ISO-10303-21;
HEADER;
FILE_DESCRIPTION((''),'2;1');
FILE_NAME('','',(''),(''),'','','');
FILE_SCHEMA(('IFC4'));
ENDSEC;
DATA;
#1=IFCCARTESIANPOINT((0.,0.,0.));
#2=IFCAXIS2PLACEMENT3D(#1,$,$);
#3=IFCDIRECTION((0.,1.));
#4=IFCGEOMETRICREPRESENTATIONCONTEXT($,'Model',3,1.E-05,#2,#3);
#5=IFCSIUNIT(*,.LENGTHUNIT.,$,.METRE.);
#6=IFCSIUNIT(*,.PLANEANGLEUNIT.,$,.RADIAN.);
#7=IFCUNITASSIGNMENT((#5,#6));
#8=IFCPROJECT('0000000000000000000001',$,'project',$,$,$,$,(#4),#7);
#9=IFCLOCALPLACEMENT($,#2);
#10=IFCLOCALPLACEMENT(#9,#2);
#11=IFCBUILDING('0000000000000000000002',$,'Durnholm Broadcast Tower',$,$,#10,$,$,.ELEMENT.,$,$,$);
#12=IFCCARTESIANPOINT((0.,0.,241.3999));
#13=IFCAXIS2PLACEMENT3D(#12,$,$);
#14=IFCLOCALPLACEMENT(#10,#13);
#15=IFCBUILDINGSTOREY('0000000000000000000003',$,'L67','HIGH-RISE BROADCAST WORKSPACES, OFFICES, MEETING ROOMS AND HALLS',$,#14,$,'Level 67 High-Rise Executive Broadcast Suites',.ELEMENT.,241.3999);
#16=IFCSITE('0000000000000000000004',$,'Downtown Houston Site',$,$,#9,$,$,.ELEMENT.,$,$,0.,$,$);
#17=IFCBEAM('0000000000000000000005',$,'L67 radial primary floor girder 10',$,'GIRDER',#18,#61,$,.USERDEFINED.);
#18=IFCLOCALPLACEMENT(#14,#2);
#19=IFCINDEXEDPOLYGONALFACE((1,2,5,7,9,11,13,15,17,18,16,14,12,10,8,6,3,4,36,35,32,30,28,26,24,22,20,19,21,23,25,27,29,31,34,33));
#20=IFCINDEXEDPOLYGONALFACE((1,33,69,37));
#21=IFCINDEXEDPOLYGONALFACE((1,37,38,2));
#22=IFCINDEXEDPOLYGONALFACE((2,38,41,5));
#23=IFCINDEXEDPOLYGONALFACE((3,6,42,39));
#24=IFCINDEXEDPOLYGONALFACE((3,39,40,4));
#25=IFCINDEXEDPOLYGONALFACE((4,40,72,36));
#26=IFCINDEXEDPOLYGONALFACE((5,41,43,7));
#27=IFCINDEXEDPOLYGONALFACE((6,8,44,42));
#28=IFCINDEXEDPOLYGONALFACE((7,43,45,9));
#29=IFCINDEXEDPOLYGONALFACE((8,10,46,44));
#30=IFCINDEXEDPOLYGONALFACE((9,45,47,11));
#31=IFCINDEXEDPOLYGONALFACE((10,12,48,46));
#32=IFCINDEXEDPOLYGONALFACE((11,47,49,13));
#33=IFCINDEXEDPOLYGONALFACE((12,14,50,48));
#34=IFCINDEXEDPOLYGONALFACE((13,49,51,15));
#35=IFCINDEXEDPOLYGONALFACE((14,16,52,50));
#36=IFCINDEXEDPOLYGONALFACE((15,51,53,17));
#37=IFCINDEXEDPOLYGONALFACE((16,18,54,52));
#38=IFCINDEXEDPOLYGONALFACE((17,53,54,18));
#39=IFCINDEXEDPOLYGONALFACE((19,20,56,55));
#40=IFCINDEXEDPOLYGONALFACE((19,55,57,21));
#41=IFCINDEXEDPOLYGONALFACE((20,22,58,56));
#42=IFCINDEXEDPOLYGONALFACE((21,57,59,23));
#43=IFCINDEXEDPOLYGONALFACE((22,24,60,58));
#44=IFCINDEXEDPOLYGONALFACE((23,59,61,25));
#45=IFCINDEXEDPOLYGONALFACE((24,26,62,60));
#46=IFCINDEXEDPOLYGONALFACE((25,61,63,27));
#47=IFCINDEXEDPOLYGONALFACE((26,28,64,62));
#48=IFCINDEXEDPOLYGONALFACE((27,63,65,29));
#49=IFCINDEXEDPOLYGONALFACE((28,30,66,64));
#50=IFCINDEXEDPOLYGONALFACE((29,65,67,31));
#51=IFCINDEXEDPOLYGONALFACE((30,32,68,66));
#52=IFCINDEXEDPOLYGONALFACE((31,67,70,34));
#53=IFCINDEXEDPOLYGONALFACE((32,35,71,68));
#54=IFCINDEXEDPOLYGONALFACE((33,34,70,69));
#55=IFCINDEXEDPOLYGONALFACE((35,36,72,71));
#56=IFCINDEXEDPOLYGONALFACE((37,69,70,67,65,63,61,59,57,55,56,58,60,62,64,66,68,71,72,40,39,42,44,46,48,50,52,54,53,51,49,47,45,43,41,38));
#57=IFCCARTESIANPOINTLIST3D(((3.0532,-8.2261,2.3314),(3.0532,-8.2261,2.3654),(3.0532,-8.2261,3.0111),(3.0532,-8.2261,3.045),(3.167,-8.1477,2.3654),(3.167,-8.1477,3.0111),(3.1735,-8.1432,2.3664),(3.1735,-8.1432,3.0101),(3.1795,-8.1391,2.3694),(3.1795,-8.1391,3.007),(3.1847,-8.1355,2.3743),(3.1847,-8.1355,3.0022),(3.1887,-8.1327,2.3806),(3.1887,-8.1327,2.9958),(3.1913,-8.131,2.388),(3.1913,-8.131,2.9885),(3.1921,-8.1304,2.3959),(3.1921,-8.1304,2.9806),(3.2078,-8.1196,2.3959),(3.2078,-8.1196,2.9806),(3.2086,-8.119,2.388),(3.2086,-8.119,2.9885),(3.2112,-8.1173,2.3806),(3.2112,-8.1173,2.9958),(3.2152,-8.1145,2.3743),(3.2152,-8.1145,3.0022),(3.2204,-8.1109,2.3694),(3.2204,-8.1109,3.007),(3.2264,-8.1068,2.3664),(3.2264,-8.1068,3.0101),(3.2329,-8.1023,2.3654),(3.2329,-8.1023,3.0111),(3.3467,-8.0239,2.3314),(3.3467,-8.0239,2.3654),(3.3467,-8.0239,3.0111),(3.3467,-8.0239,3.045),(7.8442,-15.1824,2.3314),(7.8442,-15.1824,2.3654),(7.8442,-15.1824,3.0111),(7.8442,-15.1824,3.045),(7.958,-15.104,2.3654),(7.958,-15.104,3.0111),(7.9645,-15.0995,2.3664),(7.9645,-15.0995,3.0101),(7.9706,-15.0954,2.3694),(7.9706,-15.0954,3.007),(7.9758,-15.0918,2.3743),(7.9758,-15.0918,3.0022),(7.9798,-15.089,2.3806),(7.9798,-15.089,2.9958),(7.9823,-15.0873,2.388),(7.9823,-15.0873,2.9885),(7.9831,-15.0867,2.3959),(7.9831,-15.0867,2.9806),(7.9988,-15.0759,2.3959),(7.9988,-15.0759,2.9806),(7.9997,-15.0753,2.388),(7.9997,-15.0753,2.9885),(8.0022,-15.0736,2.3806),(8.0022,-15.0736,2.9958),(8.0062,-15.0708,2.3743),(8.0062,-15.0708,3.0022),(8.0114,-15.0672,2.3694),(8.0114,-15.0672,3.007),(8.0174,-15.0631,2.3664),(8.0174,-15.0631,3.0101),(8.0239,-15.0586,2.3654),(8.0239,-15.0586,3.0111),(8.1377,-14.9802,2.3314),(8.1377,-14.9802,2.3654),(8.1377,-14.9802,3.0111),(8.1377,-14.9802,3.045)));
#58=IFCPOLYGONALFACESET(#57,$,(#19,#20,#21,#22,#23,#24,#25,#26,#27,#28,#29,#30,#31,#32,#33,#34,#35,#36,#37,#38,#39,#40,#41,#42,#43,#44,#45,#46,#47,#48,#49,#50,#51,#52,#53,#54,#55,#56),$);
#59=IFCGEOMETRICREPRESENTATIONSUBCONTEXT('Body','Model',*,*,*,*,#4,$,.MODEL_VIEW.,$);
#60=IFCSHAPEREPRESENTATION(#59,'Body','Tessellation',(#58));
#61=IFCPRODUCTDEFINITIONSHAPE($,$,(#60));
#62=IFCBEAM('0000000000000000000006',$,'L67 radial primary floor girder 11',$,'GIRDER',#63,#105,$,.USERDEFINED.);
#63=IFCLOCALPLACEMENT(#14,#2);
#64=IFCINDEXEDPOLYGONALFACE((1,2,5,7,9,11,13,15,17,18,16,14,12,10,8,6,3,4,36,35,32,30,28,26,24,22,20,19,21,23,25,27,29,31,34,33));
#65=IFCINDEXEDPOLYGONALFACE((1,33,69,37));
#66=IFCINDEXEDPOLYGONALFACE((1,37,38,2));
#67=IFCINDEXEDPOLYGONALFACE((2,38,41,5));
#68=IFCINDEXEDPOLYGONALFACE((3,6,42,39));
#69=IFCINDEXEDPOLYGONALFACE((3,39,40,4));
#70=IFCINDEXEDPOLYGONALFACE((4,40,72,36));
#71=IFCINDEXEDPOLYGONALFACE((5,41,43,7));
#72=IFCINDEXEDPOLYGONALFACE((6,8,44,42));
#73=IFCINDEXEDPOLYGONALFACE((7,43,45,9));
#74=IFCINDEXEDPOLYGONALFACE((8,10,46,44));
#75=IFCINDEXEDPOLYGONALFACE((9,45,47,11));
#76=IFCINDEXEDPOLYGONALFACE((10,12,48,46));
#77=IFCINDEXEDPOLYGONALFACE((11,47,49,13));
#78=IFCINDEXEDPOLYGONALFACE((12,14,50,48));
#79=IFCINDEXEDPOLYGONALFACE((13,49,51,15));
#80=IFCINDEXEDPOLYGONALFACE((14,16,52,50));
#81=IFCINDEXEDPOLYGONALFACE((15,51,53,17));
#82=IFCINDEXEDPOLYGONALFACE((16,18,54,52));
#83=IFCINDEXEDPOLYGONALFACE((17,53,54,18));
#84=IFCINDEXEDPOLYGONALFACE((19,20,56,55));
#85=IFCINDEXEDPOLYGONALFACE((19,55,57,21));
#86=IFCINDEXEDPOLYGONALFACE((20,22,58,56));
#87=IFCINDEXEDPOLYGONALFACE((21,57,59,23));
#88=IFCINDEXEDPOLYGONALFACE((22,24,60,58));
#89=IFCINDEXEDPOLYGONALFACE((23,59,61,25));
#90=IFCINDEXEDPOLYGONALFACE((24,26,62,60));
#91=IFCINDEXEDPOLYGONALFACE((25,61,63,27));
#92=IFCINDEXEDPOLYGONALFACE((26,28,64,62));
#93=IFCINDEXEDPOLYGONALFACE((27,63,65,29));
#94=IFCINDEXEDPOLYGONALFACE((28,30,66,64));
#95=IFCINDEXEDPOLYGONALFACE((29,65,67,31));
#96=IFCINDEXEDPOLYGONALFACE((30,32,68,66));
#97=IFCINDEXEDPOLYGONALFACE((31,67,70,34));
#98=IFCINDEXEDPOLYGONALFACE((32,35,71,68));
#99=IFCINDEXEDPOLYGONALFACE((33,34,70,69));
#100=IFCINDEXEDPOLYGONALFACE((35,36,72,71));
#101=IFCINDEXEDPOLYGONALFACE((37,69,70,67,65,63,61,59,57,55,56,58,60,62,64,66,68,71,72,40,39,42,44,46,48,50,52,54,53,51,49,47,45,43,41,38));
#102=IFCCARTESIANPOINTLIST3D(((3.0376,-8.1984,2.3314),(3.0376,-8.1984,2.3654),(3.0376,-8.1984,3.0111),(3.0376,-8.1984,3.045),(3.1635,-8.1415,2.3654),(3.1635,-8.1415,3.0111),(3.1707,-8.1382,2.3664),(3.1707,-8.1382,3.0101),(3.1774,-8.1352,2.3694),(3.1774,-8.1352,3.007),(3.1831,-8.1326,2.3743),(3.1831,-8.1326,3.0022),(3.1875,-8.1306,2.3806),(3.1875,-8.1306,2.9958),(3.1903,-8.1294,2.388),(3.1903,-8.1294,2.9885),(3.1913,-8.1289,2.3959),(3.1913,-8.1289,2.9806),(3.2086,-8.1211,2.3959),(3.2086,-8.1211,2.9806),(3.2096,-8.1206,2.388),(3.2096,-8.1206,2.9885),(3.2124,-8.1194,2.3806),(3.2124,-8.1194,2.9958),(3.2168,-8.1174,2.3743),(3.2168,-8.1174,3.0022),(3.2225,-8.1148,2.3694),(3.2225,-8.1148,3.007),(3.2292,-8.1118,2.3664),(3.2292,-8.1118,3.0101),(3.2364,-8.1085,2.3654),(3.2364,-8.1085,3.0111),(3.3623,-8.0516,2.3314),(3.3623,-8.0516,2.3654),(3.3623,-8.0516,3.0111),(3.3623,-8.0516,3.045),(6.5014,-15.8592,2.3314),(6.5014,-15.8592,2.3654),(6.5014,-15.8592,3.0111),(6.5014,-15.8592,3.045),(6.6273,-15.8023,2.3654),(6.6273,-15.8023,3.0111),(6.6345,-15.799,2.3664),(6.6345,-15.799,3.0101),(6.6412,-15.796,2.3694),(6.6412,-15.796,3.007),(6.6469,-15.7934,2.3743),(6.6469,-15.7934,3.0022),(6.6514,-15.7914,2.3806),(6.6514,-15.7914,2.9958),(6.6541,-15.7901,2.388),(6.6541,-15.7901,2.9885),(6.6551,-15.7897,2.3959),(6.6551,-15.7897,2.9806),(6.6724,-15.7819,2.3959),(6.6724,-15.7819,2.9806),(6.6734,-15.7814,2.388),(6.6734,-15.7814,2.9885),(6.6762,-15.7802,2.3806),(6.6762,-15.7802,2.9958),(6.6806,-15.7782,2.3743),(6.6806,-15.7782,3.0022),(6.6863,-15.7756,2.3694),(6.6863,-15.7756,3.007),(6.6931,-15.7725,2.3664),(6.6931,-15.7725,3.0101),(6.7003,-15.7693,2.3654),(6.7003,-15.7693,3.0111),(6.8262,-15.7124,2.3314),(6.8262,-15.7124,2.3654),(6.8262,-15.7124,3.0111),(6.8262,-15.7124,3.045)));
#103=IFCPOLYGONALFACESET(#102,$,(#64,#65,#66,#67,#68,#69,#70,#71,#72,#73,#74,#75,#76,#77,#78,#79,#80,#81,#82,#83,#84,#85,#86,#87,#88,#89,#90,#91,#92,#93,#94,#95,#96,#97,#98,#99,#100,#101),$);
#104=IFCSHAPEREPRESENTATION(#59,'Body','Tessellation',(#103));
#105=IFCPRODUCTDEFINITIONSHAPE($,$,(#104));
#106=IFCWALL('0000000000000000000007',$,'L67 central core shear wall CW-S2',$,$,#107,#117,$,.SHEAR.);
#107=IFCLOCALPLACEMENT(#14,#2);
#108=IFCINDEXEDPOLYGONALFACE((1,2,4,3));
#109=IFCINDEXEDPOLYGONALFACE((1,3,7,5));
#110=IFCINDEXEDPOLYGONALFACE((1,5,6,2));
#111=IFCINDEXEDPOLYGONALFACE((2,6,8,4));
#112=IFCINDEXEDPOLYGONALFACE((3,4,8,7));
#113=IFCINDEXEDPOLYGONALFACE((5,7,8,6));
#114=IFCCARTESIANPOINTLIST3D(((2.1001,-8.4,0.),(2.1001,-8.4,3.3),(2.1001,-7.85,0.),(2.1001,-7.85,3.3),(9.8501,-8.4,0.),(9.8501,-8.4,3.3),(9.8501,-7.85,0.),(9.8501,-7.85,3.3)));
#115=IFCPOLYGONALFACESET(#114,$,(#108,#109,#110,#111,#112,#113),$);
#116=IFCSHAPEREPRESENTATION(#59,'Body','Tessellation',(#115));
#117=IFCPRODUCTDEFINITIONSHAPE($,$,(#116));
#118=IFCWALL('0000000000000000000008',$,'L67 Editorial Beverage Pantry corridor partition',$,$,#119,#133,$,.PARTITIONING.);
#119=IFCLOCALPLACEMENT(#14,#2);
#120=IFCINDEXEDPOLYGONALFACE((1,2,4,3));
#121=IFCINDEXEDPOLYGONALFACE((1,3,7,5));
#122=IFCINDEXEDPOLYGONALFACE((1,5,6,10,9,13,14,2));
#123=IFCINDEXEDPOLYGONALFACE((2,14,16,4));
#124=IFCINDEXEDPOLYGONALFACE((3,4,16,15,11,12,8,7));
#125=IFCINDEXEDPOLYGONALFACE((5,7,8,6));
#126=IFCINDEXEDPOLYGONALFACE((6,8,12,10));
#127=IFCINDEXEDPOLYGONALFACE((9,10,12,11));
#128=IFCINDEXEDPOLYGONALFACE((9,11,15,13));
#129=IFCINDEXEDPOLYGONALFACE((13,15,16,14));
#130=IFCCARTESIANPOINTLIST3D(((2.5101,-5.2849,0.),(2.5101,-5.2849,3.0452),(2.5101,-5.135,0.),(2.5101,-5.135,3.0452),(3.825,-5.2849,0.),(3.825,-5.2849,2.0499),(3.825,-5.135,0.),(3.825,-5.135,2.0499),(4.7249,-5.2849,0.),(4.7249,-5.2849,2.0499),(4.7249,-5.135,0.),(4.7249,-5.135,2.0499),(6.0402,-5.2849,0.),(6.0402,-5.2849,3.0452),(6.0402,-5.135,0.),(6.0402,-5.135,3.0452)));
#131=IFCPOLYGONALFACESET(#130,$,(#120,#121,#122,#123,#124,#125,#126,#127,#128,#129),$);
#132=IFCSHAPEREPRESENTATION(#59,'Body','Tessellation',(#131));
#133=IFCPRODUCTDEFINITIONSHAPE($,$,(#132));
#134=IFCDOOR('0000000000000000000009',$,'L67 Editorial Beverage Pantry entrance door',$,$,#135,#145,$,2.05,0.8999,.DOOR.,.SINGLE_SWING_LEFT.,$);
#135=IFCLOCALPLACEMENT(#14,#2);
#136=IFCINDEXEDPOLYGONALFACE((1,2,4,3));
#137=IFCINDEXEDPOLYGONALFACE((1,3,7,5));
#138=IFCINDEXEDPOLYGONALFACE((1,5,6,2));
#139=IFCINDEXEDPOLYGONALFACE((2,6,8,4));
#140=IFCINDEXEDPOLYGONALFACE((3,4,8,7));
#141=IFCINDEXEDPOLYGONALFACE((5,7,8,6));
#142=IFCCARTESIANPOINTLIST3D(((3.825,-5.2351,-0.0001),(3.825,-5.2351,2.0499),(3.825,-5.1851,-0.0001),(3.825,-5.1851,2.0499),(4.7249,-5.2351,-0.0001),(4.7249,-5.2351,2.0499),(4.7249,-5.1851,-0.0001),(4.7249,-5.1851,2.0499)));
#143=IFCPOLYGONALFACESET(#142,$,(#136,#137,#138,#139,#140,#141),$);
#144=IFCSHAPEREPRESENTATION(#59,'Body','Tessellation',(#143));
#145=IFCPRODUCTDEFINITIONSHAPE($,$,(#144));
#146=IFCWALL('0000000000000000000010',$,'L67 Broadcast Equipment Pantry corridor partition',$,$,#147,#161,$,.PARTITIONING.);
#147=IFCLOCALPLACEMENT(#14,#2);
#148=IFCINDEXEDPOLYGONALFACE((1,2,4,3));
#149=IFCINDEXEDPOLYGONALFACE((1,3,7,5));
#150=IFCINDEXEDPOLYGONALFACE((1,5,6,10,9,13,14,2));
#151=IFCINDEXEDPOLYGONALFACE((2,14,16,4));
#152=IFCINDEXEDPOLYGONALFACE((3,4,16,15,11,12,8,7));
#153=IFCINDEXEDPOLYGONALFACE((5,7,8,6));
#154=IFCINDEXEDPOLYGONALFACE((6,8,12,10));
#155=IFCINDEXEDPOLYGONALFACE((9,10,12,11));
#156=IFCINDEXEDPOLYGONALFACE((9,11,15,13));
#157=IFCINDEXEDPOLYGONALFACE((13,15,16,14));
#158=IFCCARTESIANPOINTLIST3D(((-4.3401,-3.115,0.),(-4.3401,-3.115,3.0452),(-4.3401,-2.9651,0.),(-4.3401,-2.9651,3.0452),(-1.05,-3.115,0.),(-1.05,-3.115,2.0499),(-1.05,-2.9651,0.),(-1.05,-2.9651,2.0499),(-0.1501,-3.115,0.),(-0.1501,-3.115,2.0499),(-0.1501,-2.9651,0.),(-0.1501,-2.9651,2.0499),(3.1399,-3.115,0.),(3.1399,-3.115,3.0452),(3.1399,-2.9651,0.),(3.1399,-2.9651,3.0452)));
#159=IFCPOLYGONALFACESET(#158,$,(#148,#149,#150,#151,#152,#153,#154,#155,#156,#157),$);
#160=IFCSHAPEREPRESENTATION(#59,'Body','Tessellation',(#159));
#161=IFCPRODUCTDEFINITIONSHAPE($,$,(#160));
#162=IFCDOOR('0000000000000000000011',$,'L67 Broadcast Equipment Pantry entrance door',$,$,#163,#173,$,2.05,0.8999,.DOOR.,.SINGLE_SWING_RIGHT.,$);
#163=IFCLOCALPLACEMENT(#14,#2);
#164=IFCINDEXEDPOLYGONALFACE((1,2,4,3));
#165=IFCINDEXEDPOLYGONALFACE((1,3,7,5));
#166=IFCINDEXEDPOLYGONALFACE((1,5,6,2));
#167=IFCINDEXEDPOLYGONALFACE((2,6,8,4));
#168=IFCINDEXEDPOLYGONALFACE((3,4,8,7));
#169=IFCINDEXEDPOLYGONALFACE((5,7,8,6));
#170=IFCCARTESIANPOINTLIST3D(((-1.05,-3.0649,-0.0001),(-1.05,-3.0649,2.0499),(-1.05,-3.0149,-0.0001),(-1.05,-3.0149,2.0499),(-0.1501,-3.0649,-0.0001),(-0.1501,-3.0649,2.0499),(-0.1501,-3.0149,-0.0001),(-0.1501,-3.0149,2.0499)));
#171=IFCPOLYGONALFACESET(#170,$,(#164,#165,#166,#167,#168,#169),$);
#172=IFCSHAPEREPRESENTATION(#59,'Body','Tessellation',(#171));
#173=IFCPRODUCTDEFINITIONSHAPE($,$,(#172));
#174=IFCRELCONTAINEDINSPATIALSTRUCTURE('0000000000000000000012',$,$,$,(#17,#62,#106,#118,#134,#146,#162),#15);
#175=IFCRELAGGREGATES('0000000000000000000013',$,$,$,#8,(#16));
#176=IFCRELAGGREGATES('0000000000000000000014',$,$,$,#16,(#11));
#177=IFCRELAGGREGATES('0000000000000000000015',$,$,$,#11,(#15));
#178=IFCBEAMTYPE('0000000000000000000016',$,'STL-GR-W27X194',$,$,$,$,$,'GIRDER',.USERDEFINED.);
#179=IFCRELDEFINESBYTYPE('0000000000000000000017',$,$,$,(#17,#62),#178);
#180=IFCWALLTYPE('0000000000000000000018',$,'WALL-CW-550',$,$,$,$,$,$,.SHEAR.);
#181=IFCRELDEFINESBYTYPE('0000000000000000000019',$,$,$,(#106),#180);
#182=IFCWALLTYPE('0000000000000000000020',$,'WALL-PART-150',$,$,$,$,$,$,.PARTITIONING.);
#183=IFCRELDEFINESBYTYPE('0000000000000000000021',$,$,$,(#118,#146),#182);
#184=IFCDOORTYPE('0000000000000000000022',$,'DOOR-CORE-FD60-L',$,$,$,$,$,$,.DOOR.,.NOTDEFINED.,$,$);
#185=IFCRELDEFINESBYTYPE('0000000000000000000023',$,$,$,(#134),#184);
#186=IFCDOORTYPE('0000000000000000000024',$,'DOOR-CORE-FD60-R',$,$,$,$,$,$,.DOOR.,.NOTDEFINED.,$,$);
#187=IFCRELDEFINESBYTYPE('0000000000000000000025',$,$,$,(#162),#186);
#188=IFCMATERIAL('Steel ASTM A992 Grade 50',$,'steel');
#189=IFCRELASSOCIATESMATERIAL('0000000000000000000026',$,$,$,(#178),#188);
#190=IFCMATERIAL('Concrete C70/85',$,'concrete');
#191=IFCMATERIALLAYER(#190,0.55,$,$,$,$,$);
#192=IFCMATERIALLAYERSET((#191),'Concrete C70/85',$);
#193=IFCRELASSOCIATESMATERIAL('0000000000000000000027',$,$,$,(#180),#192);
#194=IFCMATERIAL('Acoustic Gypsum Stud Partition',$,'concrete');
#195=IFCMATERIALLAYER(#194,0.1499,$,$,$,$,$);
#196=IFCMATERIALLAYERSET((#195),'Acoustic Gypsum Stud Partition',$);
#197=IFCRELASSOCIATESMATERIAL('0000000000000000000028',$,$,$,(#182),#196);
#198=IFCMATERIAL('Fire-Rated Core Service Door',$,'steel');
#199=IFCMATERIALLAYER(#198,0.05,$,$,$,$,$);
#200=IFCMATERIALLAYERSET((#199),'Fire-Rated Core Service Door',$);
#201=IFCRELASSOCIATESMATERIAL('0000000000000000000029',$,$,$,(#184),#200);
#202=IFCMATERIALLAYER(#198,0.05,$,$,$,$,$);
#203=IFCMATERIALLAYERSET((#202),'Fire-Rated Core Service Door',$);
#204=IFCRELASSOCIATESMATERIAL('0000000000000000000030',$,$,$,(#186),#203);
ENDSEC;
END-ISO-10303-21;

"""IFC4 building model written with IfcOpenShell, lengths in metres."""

from ifc_helpers import new_model, si_unit, direction, frame, frame_2d, origin, origin_2d, place, context, subcontext, project, spatial, rectangle, i_section, extrude, source, transform, mapped, material, layer, layer_set, material_profile, profile_set, type_object, type_shapes, element, fill, save


model = new_model("IFC4")

# Units and contexts
model_context = context("Model", 3, precision=1e-05, world=origin(), true_north=direction((0.0, 1.0)))
body_context = subcontext(model_context, "Body", "Model", "MODEL_VIEW")
ifc_project = project(units=[si_unit("LENGTHUNIT", "METRE"), si_unit("PLANEANGLEUNIT", "RADIAN")], contexts=[model_context])

# Site, building, storey
site_placement = place(None, origin())
site = spatial("IfcSite", under=ifc_project, at=site_placement, Name="Downtown Houston Site", CompositionType="ELEMENT", RefElevation=0.0)
building_placement = place(site_placement, origin())
building = spatial("IfcBuilding", under=site, at=building_placement, Name="Durnholm Broadcast Tower", CompositionType="ELEMENT")
storey_placement = place(building_placement, frame((0.0, 0.0, 241.3999)))
storey = spatial("IfcBuildingStorey", under=building, at=storey_placement, Name="L67", Description="HIGH-RISE BROADCAST WORKSPACES, OFFICES, MEETING ROOMS AND HALLS", LongName="Level 67 High-Rise Executive Broadcast Suites", CompositionType="ELEMENT", Elevation=241.3999)

# Beams
ifc_material_1 = material(Name="Steel ASTM A992 Grade 50", Category="steel")
ifc_material_profile = material_profile(ifc_material_1, i_section(OverallWidth=0.3564, OverallDepth=0.7136, WebThickness=0.019, FlangeThickness=0.0339, FilletRadius=0.0305, at=origin_2d()), Name="W27X194")
ifc_profile_set = profile_set([ifc_material_profile], Name="Steel ASTM A992 Grade 50")
beam_type = type_object("IfcBeamType", Name="STL-GR-W27X194", ElementType="GIRDER", PredefinedType="USERDEFINED", material=ifc_profile_set)
shared_shape_1 = source(origin(), body_context, "Body", "SweptSolid", [
    extrude(i_section(OverallWidth=0.3564, OverallDepth=0.7136, WebThickness=0.019, FlangeThickness=0.0339, FilletRadius=0.0305, at=origin_2d()), origin(), (0.0, 0.0, 1.0), 8.4465),
])
beam_1_placement = place(storey_placement, frame((3.2, -8.125, 2.6882), z_axis=(0.567217, -0.823569, 0.0), x_axis=(0.823569, 0.567217, 0.0)))
element("IfcBeam", 1, at=beam_1_placement, inside=storey, type_object=beam_type, Name="L67 radial primary floor girder 10", ObjectType="GIRDER", PredefinedType="USERDEFINED", context=body_context, shape_type="MappedRepresentation", body=[
    mapped(shared_shape_1, transform((0.0, 0.0, 0.0), x_axis=(1.0, 0.0, 0.0), y_axis=(0.0, 1.0, 0.0), z_axis=(0.0, 0.0, 1.0), scale=1.0)),
])
shared_shape_2 = source(origin(), body_context, "Body", "SweptSolid", [
    extrude(i_section(OverallWidth=0.3564, OverallDepth=0.7136, WebThickness=0.019, FlangeThickness=0.0339, FilletRadius=0.0305, at=origin_2d()), origin(), (0.0, 0.0, 1.0), 8.4075),
])
type_shapes(beam_type, [shared_shape_1, shared_shape_2])
beam_2_placement = place(storey_placement, frame((3.2, -8.125, 2.6882), z_axis=(0.411993, -0.911187, 0.0), x_axis=(0.911187, 0.411993, 0.0)))
element("IfcBeam", 2, at=beam_2_placement, inside=storey, type_object=beam_type, Name="L67 radial primary floor girder 11", ObjectType="GIRDER", PredefinedType="USERDEFINED", context=body_context, shape_type="MappedRepresentation", body=[
    mapped(shared_shape_2, transform((0.0, 0.0, 0.0), x_axis=(1.0, 0.0, 0.0), y_axis=(0.0, 1.0, 0.0), z_axis=(0.0, 0.0, 1.0), scale=1.0)),
])

# Wall
ifc_material_2 = material(Name="Concrete C70/85", Category="concrete")
ifc_layer_1 = layer(ifc_material_2, 0.55)
ifc_layer_set_1 = layer_set([ifc_layer_1], Name="Concrete C70/85")
wall_type_1 = type_object("IfcWallType", Name="WALL-CW-550", PredefinedType="SHEAR", material=ifc_layer_set_1)
wall_1_placement = place(storey_placement, frame((2.1001, -8.125, 0.0), z_axis=(0.0, 0.0, 1.0), x_axis=(1.0, 0.0, 0.0)))
element("IfcWall", 3, at=wall_1_placement, inside=storey, type_object=wall_type_1, Name="L67 central core shear wall CW-S2", PredefinedType="SHEAR", context=body_context, shape_type="SweptSolid", body=[
    extrude(rectangle(XDim=7.75, YDim=0.55, at=frame_2d((3.875, 0.0))), origin(), (0.0, 0.0, 1.0), 3.3),
])

# Walls, openings, doors
ifc_material_3 = material(Name="Acoustic Gypsum Stud Partition", Category="concrete")
ifc_layer_2 = layer(ifc_material_3, 0.1499)
ifc_layer_set_2 = layer_set([ifc_layer_2], Name="Acoustic Gypsum Stud Partition")
wall_type_2 = type_object("IfcWallType", Name="WALL-PART-150", PredefinedType="PARTITIONING", material=ifc_layer_set_2)
wall_2_placement = place(storey_placement, frame((2.51, -5.21, 0.0), z_axis=(0.0, 0.0, 1.0), x_axis=(1.0, 0.0, 0.0)))
wall_2 = element("IfcWall", 4, at=wall_2_placement, inside=storey, type_object=wall_type_2, Name="L67 Editorial Beverage Pantry corridor partition", PredefinedType="PARTITIONING", context=body_context, shape_type="SweptSolid", body=[
    extrude(rectangle(XDim=3.53, YDim=0.1499, at=frame_2d((1.7651, 0.0))), origin(), (0.0, 0.0, 1.0), 3.0452),
])
opening_1_placement = place(wall_2_placement, frame((1.3149, 0.0, 0.0)))
opening_1 = element("IfcOpeningElement", 5, at=opening_1_placement, cuts=wall_2, PredefinedType="OPENING", context=body_context, shape_type="SweptSolid", body=[
    extrude(rectangle(XDim=0.8999, YDim=2.05, at=frame_2d((0.45, 1.0249))), frame((0.0, 0.085, 0.0), z_axis=(0.0, -1.0, 0.0), x_axis=(1.0, 0.0, 0.0)), (0.0, 0.0, 1.0), 0.1699),
])
ifc_material_4 = material(Name="Fire-Rated Core Service Door", Category="steel")
ifc_layer_3 = layer(ifc_material_4, 0.05)
ifc_layer_set_3 = layer_set([ifc_layer_3], Name="Fire-Rated Core Service Door")
door_type_1 = type_object("IfcDoorType", Name="DOOR-CORE-FD60-L", OperationType="NOTDEFINED", PredefinedType="DOOR", material=ifc_layer_set_3)
shared_shape_3 = source(origin(), body_context, "Body", "SweptSolid", [
    extrude(rectangle(XDim=0.8999, YDim=2.05, at=frame_2d((0.45, 1.0249))), frame((0.0, 0.0249, 0.0), z_axis=(0.0, -1.0, 0.0), x_axis=(1.0, 0.0, 0.0)), (0.0, 0.0, 1.0), 0.05),
])
type_shapes(door_type_1, [shared_shape_3])
door_1_placement = place(opening_1_placement, origin())
door_1 = element("IfcDoor", 6, at=door_1_placement, inside=storey, type_object=door_type_1, Name="L67 Editorial Beverage Pantry entrance door", OperationType="SINGLE_SWING_LEFT", OverallHeight=2.05, OverallWidth=0.8999, PredefinedType="DOOR", context=body_context, shape_type="MappedRepresentation", body=[
    mapped(shared_shape_3, transform((0.0, 0.0, 0.0), x_axis=(1.0, 0.0, 0.0), y_axis=(0.0, 1.0, 0.0), z_axis=(0.0, 0.0, 1.0), scale=1.0)),
])
fill(opening_1, door_1)
wall_3_placement = place(storey_placement, frame((3.1399, -3.04, 0.0), z_axis=(0.0, 0.0, 1.0), x_axis=(-1.0, 0.0, 0.0)))
wall_3 = element("IfcWall", 7, at=wall_3_placement, inside=storey, type_object=wall_type_2, Name="L67 Broadcast Equipment Pantry corridor partition", PredefinedType="PARTITIONING", context=body_context, shape_type="SweptSolid", body=[
    extrude(rectangle(XDim=7.48, YDim=0.1499, at=frame_2d((3.74, 0.0))), origin(), (0.0, 0.0, 1.0), 3.0452),
])
opening_2_placement = place(wall_3_placement, frame((3.29, 0.0, 0.0)))
opening_2 = element("IfcOpeningElement", 8, at=opening_2_placement, cuts=wall_3, PredefinedType="OPENING", context=body_context, shape_type="SweptSolid", body=[
    extrude(rectangle(XDim=0.8999, YDim=2.05, at=frame_2d((0.45, 1.0249))), frame((0.0, 0.085, 0.0), z_axis=(0.0, -1.0, 0.0), x_axis=(1.0, 0.0, 0.0)), (0.0, 0.0, 1.0), 0.1699),
])
ifc_layer_4 = layer(ifc_material_4, 0.05)
ifc_layer_set_4 = layer_set([ifc_layer_4], Name="Fire-Rated Core Service Door")
door_type_2 = type_object("IfcDoorType", Name="DOOR-CORE-FD60-R", OperationType="NOTDEFINED", PredefinedType="DOOR", material=ifc_layer_set_4)
shared_shape_4 = source(origin(), body_context, "Body", "SweptSolid", [
    extrude(rectangle(XDim=0.8999, YDim=2.05, at=frame_2d((0.45, 1.0249))), frame((0.0, 0.0249, 0.0), z_axis=(0.0, -1.0, 0.0), x_axis=(1.0, 0.0, 0.0)), (0.0, 0.0, 1.0), 0.05),
])
type_shapes(door_type_2, [shared_shape_4])
door_2_placement = place(opening_2_placement, origin())
door_2 = element("IfcDoor", 9, at=door_2_placement, inside=storey, type_object=door_type_2, Name="L67 Broadcast Equipment Pantry entrance door", OperationType="SINGLE_SWING_RIGHT", OverallHeight=2.05, OverallWidth=0.8999, PredefinedType="DOOR", context=body_context, shape_type="MappedRepresentation", body=[
    mapped(shared_shape_4, transform((0.0, 0.0, 0.0), x_axis=(1.0, 0.0, 0.0), y_axis=(0.0, 1.0, 0.0), z_axis=(0.0, 0.0, 1.0), scale=1.0)),
])
fill(opening_2, door_2)

save(model, "model.ifc")
